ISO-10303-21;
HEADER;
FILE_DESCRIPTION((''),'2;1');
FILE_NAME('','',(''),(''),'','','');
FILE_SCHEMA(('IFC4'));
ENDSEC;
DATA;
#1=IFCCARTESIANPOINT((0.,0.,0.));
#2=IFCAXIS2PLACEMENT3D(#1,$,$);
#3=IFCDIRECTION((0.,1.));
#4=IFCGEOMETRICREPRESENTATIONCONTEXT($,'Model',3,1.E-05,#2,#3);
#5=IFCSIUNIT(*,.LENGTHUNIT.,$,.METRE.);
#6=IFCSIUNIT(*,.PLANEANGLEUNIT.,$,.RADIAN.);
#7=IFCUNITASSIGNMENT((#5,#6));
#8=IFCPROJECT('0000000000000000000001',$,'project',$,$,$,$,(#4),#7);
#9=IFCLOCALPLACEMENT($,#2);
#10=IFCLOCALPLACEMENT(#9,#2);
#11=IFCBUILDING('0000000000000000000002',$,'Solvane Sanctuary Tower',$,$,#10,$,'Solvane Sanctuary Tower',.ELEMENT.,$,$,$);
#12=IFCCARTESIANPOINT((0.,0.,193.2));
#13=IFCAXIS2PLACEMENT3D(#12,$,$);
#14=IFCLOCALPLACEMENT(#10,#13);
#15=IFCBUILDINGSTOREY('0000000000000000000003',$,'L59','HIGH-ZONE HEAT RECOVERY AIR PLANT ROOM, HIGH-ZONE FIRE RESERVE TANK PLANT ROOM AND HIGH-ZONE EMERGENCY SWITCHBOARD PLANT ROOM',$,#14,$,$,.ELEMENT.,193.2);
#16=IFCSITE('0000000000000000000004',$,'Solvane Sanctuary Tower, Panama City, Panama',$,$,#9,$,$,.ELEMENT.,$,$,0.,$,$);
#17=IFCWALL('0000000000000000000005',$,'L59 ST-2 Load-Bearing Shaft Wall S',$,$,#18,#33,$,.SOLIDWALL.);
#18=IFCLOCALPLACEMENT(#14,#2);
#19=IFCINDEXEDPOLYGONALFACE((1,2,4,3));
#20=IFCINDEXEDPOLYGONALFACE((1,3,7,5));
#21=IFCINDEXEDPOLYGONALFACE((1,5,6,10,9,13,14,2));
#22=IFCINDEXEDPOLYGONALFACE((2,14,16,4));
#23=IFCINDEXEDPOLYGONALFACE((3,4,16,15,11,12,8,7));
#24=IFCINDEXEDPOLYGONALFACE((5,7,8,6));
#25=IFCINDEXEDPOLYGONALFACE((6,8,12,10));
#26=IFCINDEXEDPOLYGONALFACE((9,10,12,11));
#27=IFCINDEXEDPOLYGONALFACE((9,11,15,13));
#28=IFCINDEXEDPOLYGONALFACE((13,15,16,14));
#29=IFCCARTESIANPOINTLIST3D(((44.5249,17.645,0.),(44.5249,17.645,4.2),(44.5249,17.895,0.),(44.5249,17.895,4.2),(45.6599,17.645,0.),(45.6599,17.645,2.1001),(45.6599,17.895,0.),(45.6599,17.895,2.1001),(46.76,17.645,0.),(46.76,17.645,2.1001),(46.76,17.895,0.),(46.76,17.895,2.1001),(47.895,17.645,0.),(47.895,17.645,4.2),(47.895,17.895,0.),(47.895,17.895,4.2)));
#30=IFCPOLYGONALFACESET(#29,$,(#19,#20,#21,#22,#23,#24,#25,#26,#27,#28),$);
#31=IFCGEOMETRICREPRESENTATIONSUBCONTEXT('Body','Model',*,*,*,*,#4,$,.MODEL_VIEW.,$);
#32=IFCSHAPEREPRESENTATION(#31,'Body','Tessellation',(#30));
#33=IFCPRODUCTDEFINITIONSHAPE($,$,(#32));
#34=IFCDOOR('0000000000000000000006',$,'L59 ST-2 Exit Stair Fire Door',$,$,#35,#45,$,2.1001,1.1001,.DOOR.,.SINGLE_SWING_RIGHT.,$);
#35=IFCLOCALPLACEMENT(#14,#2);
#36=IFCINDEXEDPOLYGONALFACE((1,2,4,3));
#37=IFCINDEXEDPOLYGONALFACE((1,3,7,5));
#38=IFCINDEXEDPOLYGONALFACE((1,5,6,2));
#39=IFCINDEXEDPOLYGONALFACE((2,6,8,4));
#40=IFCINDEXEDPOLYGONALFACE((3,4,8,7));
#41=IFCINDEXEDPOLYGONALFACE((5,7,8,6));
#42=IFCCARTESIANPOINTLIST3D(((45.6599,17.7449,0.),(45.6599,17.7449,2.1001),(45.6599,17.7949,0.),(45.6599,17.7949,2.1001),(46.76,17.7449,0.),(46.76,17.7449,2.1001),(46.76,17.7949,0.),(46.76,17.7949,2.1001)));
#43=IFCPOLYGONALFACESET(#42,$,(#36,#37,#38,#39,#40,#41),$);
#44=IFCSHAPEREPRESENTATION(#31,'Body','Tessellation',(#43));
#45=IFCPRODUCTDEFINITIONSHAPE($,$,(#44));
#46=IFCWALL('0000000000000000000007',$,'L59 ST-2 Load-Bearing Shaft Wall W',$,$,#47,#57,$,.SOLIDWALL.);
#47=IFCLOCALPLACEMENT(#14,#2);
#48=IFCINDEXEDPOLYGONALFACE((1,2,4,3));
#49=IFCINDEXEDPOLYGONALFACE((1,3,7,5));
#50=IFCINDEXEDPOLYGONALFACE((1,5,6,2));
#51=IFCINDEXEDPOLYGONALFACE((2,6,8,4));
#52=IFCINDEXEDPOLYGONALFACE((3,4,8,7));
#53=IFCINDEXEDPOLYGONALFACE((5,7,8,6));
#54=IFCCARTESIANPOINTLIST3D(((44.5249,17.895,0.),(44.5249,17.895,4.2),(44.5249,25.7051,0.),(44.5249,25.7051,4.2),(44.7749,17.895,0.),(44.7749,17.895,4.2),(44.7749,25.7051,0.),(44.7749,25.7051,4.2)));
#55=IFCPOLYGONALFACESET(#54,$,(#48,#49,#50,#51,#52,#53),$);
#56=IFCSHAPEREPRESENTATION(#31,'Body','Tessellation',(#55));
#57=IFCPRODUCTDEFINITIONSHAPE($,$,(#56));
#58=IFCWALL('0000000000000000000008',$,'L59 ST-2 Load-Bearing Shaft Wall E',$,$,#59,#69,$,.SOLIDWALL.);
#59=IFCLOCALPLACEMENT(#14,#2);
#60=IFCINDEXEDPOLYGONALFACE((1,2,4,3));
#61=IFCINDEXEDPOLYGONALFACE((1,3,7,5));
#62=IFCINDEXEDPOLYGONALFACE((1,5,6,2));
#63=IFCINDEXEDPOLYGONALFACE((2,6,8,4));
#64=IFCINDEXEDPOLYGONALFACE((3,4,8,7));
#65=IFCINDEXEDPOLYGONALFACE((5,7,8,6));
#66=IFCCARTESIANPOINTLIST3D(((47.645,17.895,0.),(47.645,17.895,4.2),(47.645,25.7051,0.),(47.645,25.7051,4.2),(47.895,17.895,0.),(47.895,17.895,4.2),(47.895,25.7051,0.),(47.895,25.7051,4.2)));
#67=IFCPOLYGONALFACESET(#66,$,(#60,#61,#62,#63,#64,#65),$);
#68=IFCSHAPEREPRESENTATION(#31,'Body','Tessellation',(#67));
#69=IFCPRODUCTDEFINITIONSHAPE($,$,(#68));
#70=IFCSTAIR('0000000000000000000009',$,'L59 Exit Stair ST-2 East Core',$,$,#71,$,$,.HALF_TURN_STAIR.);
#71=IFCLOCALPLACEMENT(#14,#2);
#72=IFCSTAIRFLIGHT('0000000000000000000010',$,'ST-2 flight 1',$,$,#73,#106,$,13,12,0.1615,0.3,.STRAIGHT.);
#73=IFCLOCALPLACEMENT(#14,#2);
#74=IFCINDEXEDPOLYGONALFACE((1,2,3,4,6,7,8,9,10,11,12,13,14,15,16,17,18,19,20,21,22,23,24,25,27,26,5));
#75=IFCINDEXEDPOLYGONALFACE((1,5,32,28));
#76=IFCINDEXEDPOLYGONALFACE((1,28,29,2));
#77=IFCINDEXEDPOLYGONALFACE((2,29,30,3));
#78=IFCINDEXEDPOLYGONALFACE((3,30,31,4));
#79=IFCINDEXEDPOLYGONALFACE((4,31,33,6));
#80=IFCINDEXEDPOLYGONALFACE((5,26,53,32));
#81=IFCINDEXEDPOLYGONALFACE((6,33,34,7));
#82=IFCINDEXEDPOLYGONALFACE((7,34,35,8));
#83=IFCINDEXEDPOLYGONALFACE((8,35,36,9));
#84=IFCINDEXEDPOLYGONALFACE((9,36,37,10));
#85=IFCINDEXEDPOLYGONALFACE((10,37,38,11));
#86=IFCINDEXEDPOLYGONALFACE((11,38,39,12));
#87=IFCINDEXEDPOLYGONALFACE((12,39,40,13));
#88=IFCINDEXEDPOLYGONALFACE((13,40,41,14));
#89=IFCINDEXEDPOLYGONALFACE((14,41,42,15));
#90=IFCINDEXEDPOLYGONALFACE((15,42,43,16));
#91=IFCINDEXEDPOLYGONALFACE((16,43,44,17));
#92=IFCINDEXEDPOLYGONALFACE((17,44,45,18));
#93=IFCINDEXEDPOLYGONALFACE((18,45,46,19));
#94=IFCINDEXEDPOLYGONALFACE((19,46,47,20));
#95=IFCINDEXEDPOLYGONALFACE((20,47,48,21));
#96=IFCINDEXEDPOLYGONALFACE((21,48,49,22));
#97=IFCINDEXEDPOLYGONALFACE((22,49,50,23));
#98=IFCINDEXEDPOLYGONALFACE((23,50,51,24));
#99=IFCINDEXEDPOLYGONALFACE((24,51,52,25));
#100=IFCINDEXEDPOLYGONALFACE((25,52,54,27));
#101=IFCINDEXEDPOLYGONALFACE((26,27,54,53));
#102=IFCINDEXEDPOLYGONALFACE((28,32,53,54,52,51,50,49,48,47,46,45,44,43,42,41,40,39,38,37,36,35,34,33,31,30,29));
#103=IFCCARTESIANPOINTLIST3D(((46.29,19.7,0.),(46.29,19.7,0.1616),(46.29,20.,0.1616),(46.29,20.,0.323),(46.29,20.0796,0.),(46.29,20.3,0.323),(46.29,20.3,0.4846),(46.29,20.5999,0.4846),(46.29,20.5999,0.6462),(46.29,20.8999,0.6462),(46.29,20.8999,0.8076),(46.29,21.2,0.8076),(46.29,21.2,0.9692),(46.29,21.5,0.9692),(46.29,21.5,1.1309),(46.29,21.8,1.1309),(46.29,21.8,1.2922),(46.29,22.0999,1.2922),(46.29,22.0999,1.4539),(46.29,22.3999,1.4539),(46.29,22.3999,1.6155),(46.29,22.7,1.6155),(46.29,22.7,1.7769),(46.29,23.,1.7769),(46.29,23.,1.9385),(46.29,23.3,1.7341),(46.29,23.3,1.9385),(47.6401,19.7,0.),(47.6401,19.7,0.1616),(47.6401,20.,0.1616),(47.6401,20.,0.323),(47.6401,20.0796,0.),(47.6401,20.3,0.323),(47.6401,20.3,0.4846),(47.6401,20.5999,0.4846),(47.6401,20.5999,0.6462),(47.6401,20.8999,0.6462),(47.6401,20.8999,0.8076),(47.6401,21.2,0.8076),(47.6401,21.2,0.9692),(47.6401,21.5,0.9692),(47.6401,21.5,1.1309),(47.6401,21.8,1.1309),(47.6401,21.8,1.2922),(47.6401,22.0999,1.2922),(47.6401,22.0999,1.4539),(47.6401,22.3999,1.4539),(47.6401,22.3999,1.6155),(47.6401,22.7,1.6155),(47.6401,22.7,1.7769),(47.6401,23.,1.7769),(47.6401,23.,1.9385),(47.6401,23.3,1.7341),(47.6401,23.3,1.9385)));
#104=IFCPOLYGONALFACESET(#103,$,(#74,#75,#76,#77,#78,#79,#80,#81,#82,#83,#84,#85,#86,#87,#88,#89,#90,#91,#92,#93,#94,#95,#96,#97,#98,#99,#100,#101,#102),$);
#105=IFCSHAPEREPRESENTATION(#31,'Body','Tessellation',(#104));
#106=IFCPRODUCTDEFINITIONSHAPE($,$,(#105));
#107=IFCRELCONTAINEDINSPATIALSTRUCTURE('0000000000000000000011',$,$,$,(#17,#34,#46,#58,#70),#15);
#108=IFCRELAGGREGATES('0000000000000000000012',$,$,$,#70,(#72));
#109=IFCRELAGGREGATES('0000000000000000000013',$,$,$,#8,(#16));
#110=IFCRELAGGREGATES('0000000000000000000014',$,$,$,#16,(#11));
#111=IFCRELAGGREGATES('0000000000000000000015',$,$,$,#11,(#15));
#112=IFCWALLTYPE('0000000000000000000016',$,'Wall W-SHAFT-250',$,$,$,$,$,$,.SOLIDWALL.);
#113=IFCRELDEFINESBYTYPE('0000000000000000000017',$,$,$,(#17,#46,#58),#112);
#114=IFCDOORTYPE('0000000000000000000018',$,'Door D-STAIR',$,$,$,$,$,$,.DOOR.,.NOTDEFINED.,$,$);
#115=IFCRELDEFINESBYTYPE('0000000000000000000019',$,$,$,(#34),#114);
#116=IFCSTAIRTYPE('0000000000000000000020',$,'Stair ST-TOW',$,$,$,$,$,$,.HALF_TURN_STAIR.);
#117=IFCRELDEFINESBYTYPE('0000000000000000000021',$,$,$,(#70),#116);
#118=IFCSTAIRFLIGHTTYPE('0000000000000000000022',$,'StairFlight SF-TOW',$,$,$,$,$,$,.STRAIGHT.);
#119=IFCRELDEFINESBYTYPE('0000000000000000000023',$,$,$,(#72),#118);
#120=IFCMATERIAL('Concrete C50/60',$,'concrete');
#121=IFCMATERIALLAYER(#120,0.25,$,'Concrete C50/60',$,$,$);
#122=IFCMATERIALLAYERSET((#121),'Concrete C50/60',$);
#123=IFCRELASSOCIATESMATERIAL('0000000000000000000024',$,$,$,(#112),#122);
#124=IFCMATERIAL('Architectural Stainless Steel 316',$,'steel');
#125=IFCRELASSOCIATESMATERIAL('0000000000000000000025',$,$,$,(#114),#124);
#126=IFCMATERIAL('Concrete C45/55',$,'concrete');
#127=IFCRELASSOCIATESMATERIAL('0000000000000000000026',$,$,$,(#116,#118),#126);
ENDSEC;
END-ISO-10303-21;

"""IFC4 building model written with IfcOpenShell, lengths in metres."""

from ifc_helpers import new_model, si_unit, direction, frame, frame_2d, origin, place, context, subcontext, project, spatial, polyline, rectangle, outline, extrude, material, layer, layer_set, type_object, element, fill, aggregate, save


model = new_model("IFC4")

# Units and contexts
model_context = context("Model", 3, precision=1e-05, world=origin(), true_north=direction((0.0, 1.0)))
body_context = subcontext(model_context, "Body", "Model", "MODEL_VIEW")
ifc_project = project(units=[si_unit("LENGTHUNIT", "METRE"), si_unit("PLANEANGLEUNIT", "RADIAN")], contexts=[model_context])

# Site, building, storey
site_placement = place(None, origin())
site = spatial("IfcSite", under=ifc_project, at=site_placement, Name="Solvane Sanctuary Tower, Panama City, Panama", CompositionType="ELEMENT", RefElevation=0.0)
building_placement = place(site_placement, origin())
building = spatial("IfcBuilding", under=site, at=building_placement, Name="Solvane Sanctuary Tower", LongName="Solvane Sanctuary Tower", CompositionType="ELEMENT")
storey_placement = place(building_placement, frame((0.0, 0.0, 193.2)))
storey = spatial("IfcBuildingStorey", under=building, at=storey_placement, Name="L59", Description="HIGH-ZONE HEAT RECOVERY AIR PLANT ROOM, HIGH-ZONE FIRE RESERVE TANK PLANT ROOM AND HIGH-ZONE EMERGENCY SWITCHBOARD PLANT ROOM", CompositionType="ELEMENT", Elevation=193.2)

# Shared definitions
ifc_material_1 = material(Name="Concrete C50/60", Category="concrete")

# Shared definitions
ifc_material_2 = material(Name="Architectural Stainless Steel 316", Category="steel")

# Wall, opening, door
ifc_layer_1 = layer(ifc_material_1, 0.25, Name="Concrete C50/60")
ifc_layer_set_1 = layer_set([ifc_layer_1], Name="Concrete C50/60")
wall_type_1 = type_object("IfcWallType", Name="Wall W-SHAFT-250", PredefinedType="SOLIDWALL", material=ifc_layer_set_1)
wall_1_placement = place(storey_placement, frame((44.5249, 17.77, 0.0), z_axis=(0.0, 0.0, 1.0), x_axis=(1.0, 0.0, 0.0)))
wall_1 = element("IfcWall", 1, at=wall_1_placement, inside=storey, type_object=wall_type_1, Name="L59 ST-2 Load-Bearing Shaft Wall S", PredefinedType="SOLIDWALL", context=body_context, shape_type="SweptSolid", body=[
    extrude(rectangle(XDim=3.3701, YDim=0.25, at=frame_2d((1.6851, 0.0))), origin(), (0.0, 0.0, 1.0), 4.2),
])
opening_1_placement = place(wall_1_placement, frame((1.135, 0.0, 0.0)))
opening_1 = element("IfcOpeningElement", 2, at=opening_1_placement, cuts=wall_1, PredefinedType="OPENING", context=body_context, shape_type="SweptSolid", body=[
    extrude(rectangle(XDim=1.1001, YDim=2.1001, at=frame_2d((0.55, 1.05))), frame((0.0, 0.135, 0.0), z_axis=(0.0, -1.0, 0.0), x_axis=(1.0, 0.0, 0.0)), (0.0, 0.0, 1.0), 0.27),
])
door_type_1 = type_object("IfcDoorType", Name="Door D-STAIR", OperationType="NOTDEFINED", PredefinedType="DOOR", material=ifc_material_2)
door_1_placement = place(opening_1_placement, origin())
door_1 = element("IfcDoor", 3, at=door_1_placement, inside=storey, type_object=door_type_1, Name="L59 ST-2 Exit Stair Fire Door", OperationType="SINGLE_SWING_RIGHT", OverallHeight=2.1001, OverallWidth=1.1001, PredefinedType="DOOR", context=body_context, shape_type="SweptSolid", body=[
    extrude(rectangle(XDim=1.1001, YDim=2.1001, at=frame_2d((0.55, 1.05))), frame((0.0, 0.0249, 0.0), z_axis=(0.0, -1.0, 0.0), x_axis=(1.0, 0.0, 0.0)), (0.0, 0.0, 1.0), 0.05),
])
fill(opening_1, door_1)

# Walls
for number, where, z_axis, x_axis, name in (
    (4, (44.6499, 17.895, 0.0), (0.0, 0.0, 1.0), (0.0, 1.0, 0.0), "L59 ST-2 Load-Bearing Shaft Wall W"),
    (5, (47.77, 17.895, 0.0), (0.0, 0.0, 1.0), (0.0, 1.0, 0.0), "L59 ST-2 Load-Bearing Shaft Wall E"),
):
    element("IfcWall", number, at=place(storey_placement, frame(where, z_axis=z_axis, x_axis=x_axis)), inside=storey, type_object=wall_type_1, Name=name, PredefinedType="SOLIDWALL", context=body_context, shape_type="SweptSolid", body=[
        extrude(rectangle(XDim=7.8101, YDim=0.25, at=frame_2d((3.905, 0.0))), origin(), (0.0, 0.0, 1.0), 4.2),
    ])

# Stair, stair flight
ifc_material_3 = material(Name="Concrete C45/55", Category="concrete")
stair_type = type_object("IfcStairType", Name="Stair ST-TOW", PredefinedType="HALF_TURN_STAIR", material=ifc_material_3)
stair_placement = place(storey_placement, origin())
stair = element("IfcStair", 6, at=stair_placement, inside=storey, type_object=stair_type, Name="L59 Exit Stair ST-2 East Core", PredefinedType="HALF_TURN_STAIR")
stair_flight_type = type_object("IfcStairFlightType", Name="StairFlight SF-TOW", PredefinedType="STRAIGHT", material=ifc_material_3)
stair_flight_placement = place(storey_placement, frame((46.9651, 19.7, 0.0), z_axis=(0.0, 0.0, 1.0), x_axis=(0.0, 1.0, 0.0)))
stair_flight = element("IfcStairFlight", 7, at=stair_flight_placement, type_object=stair_flight_type, Name="ST-2 flight 1", NumberOfRisers=13, NumberOfTreads=12, PredefinedType="STRAIGHT", RiserHeight=0.1615, TreadLength=0.3, context=body_context, shape_type="SweptSolid", body=[
    extrude(outline(polyline([(0.0, 0.0), (0.0, 0.1616), (0.3, 0.1616), (0.3, 0.323), (0.6001, 0.323), (0.6001, 0.4846), (0.8999, 0.4846), (0.8999, 0.6462), (1.2, 0.6462), (1.2, 0.8076), (1.5, 0.8076), (1.5, 0.9692), (1.8, 0.9692), (1.8, 1.1309), (2.1001, 1.1309), (2.1001, 1.2922), (2.3999, 1.2922), (2.3999, 1.4539), (2.7, 1.4539), (2.7, 1.6155), (3.0, 1.6155), (3.0, 1.7769), (3.3, 1.7769), (3.3, 1.9385), (3.6001, 1.9385), (3.6001, 2.1001), (3.6001, 1.7341), (0.3796, 0.0), (0.0, 0.0)])), frame((0.0, 0.675, 0.0), z_axis=(0.0, -1.0, 0.0), x_axis=(1.0, 0.0, 0.0)), (0.0, 0.0, 1.0), 1.3501),
])
aggregate(stair, [stair_flight])

save(model, "model.ifc")
